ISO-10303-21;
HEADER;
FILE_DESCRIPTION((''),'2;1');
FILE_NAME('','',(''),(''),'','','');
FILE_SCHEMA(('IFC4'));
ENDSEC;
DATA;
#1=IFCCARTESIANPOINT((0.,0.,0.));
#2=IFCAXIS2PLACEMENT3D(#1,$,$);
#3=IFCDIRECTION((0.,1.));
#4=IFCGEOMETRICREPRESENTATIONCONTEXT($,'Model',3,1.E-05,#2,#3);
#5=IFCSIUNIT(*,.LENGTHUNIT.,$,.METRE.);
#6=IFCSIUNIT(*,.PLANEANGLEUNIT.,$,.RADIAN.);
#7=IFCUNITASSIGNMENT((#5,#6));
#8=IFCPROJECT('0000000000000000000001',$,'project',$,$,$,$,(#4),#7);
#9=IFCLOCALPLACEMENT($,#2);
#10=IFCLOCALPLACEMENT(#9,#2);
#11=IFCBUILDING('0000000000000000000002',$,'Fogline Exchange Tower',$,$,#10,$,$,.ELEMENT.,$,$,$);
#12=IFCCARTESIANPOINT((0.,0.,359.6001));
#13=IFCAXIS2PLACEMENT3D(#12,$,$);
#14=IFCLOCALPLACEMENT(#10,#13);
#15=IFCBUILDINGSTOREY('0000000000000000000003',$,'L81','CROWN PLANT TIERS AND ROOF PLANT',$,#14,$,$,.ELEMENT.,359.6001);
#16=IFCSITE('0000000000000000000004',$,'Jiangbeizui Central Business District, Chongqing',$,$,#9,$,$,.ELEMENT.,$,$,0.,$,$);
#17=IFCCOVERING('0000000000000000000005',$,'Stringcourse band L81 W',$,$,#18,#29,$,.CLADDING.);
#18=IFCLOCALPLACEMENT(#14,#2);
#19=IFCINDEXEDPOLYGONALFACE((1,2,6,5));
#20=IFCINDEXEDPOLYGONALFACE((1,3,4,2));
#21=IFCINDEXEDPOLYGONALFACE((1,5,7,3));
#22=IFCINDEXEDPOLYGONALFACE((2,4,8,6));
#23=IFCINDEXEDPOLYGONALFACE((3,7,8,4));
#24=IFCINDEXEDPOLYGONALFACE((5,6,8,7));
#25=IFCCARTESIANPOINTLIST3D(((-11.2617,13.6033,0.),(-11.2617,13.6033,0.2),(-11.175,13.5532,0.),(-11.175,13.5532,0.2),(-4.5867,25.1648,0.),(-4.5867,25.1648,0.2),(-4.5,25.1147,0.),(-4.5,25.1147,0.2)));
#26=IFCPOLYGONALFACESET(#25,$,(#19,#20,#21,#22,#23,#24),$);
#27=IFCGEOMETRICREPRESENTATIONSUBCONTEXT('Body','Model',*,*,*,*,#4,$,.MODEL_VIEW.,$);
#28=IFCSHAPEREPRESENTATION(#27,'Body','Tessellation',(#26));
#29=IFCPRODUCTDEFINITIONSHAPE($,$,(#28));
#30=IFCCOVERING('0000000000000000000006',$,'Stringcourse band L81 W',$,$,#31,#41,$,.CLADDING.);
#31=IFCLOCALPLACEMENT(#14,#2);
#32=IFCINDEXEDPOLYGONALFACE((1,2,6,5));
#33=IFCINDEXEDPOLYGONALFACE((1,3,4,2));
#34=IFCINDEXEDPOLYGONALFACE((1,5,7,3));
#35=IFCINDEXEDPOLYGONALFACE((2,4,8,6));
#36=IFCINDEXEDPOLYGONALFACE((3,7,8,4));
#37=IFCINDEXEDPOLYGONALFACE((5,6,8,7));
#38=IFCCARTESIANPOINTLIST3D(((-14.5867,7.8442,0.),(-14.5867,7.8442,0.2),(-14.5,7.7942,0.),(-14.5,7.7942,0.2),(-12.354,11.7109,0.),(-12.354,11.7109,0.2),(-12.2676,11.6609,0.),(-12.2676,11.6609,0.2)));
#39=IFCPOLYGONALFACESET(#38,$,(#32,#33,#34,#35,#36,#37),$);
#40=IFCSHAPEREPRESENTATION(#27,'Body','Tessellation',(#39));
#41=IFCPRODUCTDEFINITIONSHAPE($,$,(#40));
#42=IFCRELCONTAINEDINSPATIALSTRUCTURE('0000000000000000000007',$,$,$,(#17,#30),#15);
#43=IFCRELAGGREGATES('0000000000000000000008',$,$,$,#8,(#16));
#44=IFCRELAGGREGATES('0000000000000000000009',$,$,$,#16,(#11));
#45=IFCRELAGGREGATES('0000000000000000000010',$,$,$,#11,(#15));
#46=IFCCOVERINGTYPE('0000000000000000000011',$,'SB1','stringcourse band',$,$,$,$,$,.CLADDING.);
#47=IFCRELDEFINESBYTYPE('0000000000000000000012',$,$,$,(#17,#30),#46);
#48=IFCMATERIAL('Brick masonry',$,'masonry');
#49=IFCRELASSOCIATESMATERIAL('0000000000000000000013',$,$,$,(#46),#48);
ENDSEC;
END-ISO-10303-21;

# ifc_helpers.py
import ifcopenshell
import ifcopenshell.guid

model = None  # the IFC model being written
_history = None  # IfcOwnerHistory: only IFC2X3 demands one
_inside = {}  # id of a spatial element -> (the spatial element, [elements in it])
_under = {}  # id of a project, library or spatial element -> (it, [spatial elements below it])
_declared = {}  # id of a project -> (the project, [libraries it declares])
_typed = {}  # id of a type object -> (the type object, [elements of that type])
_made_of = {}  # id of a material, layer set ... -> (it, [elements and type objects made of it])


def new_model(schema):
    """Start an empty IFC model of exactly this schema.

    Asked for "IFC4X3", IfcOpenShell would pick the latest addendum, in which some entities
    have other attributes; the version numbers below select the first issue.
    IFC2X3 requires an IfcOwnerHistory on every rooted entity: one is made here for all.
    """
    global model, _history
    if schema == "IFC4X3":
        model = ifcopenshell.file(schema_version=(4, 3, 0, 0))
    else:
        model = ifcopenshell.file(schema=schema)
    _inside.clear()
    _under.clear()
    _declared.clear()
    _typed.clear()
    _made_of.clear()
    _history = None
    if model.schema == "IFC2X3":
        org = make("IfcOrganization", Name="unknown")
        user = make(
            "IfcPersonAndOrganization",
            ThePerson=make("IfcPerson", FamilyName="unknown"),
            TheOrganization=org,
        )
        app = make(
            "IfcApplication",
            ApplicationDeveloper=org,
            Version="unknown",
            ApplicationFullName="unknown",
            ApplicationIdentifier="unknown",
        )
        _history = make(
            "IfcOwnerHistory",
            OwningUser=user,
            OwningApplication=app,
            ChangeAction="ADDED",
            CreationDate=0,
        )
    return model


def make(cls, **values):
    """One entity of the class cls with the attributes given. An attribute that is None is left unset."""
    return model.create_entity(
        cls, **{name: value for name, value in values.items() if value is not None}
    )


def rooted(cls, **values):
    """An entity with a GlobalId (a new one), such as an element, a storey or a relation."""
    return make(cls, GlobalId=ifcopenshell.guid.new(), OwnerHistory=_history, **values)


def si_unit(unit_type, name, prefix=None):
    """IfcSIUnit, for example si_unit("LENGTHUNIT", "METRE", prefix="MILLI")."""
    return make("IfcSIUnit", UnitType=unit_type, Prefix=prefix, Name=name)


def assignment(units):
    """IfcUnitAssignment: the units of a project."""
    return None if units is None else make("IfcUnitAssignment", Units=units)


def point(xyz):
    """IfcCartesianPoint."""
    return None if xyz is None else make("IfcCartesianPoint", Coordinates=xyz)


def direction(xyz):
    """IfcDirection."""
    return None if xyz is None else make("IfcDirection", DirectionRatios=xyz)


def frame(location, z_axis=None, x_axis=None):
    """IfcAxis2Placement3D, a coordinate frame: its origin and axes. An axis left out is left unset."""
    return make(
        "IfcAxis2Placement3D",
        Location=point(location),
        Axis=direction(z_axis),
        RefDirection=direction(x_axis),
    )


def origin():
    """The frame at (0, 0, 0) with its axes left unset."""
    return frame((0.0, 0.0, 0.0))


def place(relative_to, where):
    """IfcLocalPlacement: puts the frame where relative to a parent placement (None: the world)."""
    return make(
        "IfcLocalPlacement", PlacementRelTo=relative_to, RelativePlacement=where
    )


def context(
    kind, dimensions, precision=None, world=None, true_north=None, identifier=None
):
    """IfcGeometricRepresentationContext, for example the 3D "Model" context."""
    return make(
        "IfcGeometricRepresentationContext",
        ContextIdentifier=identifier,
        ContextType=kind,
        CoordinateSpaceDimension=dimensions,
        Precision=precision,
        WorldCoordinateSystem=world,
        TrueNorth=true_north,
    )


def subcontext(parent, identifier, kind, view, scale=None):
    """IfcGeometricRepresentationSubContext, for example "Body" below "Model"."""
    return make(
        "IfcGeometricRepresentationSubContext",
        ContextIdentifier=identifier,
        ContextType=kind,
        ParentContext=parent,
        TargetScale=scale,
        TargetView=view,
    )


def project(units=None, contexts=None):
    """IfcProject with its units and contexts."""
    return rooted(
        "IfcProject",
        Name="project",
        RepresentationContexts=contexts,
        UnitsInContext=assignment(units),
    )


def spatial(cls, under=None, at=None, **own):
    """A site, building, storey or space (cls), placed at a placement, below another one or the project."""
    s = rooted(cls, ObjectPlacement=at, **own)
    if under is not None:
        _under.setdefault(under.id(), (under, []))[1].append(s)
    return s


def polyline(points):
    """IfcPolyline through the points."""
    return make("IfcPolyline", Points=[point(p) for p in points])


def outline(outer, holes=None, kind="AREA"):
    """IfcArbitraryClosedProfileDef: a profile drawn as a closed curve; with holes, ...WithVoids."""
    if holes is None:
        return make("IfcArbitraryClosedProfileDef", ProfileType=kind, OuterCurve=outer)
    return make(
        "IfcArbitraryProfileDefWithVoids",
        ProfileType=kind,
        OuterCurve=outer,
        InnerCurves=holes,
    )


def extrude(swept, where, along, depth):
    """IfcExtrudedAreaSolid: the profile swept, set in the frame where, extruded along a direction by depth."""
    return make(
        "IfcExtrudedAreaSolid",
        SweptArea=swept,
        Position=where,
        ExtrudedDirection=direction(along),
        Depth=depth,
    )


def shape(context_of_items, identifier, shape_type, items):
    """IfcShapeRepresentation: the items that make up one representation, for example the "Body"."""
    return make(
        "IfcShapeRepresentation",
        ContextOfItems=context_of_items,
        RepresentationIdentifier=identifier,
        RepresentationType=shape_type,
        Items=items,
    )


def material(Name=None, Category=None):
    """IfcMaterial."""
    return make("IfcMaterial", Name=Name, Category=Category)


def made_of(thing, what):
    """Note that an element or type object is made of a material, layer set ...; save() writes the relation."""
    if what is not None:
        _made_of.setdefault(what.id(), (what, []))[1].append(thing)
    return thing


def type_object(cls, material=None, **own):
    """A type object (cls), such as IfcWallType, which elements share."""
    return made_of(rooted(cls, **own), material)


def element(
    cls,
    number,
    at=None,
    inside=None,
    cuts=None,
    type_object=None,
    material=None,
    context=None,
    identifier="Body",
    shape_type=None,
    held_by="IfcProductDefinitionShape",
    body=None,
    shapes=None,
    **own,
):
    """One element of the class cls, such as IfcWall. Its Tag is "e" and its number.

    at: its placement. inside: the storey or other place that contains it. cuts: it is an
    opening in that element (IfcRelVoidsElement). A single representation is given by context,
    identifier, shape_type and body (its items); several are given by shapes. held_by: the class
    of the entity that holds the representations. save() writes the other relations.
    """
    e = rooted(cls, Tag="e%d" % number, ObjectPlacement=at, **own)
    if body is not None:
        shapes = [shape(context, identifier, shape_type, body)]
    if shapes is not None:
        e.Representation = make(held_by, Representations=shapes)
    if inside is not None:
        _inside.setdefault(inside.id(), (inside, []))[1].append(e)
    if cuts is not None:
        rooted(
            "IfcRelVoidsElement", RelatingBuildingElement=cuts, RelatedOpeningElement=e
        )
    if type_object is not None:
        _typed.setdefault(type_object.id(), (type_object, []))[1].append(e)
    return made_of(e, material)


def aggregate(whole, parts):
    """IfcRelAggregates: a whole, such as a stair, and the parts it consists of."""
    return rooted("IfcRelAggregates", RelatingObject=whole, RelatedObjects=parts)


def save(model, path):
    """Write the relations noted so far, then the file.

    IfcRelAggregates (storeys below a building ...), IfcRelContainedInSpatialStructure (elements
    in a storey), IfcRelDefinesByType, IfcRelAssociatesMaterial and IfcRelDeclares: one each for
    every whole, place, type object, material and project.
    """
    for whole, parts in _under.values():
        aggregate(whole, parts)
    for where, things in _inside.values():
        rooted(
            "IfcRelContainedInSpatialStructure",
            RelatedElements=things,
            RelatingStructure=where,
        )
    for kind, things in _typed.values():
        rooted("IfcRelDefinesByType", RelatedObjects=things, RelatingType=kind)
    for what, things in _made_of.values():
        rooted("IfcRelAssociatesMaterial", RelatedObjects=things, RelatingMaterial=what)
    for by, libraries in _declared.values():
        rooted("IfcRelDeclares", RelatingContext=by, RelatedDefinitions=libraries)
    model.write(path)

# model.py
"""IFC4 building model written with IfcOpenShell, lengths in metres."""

from ifc_helpers import new_model, si_unit, direction, frame, origin, place, context, subcontext, project, spatial, polyline, outline, extrude, material, type_object, element, save


model = new_model("IFC4")

# Units and contexts
model_context = context("Model", 3, precision=1e-05, world=origin(), true_north=direction((0.0, 1.0)))
body_context = subcontext(model_context, "Body", "Model", "MODEL_VIEW")
ifc_project = project(units=[si_unit("LENGTHUNIT", "METRE"), si_unit("PLANEANGLEUNIT", "RADIAN")], contexts=[model_context])

# Site, building, storey
site_placement = place(None, origin())
site = spatial("IfcSite", under=ifc_project, at=site_placement, Name="Jiangbeizui Central Business District, Chongqing", CompositionType="ELEMENT", RefElevation=0.0)
building_placement = place(site_placement, origin())
building = spatial("IfcBuilding", under=site, at=building_placement, Name="Fogline Exchange Tower", CompositionType="ELEMENT")
storey_placement = place(building_placement, frame((0.0, 0.0, 359.6001)))
storey = spatial("IfcBuildingStorey", under=building, at=storey_placement, Name="L81", Description="CROWN PLANT TIERS AND ROOF PLANT", CompositionType="ELEMENT", Elevation=359.6001)

# Shared definitions
ifc_material_1 = material(Name="Brick masonry", Category="masonry")

# Coverings
covering_type = type_object("IfcCoveringType", Name="SB1", Description="stringcourse band", PredefinedType="CLADDING", material=ifc_material_1)
covering_1_placement = place(storey_placement, origin())
element("IfcCovering", 1, at=covering_1_placement, inside=storey, type_object=covering_type, Name="Stringcourse band L81 W", PredefinedType="CLADDING", context=body_context, shape_type="SweptSolid", body=[
    extrude(outline(polyline([(-4.5, 25.1147), (-4.5867, 25.1648), (-11.2617, 13.6033), (-11.175, 13.5532), (-4.5, 25.1147)])), origin(), (0.0, 0.0, 1.0), 0.2),
])
covering_2_placement = place(storey_placement, origin())
element("IfcCovering", 2, at=covering_2_placement, inside=storey, type_object=covering_type, Name="Stringcourse band L81 W", PredefinedType="CLADDING", context=body_context, shape_type="SweptSolid", body=[
    extrude(outline(polyline([(-12.2676, 11.6609), (-12.354, 11.7109), (-14.5867, 7.8442), (-14.5, 7.7942), (-12.2676, 11.6609)])), origin(), (0.0, 0.0, 1.0), 0.2),
])

save(model, "model.ifc")
